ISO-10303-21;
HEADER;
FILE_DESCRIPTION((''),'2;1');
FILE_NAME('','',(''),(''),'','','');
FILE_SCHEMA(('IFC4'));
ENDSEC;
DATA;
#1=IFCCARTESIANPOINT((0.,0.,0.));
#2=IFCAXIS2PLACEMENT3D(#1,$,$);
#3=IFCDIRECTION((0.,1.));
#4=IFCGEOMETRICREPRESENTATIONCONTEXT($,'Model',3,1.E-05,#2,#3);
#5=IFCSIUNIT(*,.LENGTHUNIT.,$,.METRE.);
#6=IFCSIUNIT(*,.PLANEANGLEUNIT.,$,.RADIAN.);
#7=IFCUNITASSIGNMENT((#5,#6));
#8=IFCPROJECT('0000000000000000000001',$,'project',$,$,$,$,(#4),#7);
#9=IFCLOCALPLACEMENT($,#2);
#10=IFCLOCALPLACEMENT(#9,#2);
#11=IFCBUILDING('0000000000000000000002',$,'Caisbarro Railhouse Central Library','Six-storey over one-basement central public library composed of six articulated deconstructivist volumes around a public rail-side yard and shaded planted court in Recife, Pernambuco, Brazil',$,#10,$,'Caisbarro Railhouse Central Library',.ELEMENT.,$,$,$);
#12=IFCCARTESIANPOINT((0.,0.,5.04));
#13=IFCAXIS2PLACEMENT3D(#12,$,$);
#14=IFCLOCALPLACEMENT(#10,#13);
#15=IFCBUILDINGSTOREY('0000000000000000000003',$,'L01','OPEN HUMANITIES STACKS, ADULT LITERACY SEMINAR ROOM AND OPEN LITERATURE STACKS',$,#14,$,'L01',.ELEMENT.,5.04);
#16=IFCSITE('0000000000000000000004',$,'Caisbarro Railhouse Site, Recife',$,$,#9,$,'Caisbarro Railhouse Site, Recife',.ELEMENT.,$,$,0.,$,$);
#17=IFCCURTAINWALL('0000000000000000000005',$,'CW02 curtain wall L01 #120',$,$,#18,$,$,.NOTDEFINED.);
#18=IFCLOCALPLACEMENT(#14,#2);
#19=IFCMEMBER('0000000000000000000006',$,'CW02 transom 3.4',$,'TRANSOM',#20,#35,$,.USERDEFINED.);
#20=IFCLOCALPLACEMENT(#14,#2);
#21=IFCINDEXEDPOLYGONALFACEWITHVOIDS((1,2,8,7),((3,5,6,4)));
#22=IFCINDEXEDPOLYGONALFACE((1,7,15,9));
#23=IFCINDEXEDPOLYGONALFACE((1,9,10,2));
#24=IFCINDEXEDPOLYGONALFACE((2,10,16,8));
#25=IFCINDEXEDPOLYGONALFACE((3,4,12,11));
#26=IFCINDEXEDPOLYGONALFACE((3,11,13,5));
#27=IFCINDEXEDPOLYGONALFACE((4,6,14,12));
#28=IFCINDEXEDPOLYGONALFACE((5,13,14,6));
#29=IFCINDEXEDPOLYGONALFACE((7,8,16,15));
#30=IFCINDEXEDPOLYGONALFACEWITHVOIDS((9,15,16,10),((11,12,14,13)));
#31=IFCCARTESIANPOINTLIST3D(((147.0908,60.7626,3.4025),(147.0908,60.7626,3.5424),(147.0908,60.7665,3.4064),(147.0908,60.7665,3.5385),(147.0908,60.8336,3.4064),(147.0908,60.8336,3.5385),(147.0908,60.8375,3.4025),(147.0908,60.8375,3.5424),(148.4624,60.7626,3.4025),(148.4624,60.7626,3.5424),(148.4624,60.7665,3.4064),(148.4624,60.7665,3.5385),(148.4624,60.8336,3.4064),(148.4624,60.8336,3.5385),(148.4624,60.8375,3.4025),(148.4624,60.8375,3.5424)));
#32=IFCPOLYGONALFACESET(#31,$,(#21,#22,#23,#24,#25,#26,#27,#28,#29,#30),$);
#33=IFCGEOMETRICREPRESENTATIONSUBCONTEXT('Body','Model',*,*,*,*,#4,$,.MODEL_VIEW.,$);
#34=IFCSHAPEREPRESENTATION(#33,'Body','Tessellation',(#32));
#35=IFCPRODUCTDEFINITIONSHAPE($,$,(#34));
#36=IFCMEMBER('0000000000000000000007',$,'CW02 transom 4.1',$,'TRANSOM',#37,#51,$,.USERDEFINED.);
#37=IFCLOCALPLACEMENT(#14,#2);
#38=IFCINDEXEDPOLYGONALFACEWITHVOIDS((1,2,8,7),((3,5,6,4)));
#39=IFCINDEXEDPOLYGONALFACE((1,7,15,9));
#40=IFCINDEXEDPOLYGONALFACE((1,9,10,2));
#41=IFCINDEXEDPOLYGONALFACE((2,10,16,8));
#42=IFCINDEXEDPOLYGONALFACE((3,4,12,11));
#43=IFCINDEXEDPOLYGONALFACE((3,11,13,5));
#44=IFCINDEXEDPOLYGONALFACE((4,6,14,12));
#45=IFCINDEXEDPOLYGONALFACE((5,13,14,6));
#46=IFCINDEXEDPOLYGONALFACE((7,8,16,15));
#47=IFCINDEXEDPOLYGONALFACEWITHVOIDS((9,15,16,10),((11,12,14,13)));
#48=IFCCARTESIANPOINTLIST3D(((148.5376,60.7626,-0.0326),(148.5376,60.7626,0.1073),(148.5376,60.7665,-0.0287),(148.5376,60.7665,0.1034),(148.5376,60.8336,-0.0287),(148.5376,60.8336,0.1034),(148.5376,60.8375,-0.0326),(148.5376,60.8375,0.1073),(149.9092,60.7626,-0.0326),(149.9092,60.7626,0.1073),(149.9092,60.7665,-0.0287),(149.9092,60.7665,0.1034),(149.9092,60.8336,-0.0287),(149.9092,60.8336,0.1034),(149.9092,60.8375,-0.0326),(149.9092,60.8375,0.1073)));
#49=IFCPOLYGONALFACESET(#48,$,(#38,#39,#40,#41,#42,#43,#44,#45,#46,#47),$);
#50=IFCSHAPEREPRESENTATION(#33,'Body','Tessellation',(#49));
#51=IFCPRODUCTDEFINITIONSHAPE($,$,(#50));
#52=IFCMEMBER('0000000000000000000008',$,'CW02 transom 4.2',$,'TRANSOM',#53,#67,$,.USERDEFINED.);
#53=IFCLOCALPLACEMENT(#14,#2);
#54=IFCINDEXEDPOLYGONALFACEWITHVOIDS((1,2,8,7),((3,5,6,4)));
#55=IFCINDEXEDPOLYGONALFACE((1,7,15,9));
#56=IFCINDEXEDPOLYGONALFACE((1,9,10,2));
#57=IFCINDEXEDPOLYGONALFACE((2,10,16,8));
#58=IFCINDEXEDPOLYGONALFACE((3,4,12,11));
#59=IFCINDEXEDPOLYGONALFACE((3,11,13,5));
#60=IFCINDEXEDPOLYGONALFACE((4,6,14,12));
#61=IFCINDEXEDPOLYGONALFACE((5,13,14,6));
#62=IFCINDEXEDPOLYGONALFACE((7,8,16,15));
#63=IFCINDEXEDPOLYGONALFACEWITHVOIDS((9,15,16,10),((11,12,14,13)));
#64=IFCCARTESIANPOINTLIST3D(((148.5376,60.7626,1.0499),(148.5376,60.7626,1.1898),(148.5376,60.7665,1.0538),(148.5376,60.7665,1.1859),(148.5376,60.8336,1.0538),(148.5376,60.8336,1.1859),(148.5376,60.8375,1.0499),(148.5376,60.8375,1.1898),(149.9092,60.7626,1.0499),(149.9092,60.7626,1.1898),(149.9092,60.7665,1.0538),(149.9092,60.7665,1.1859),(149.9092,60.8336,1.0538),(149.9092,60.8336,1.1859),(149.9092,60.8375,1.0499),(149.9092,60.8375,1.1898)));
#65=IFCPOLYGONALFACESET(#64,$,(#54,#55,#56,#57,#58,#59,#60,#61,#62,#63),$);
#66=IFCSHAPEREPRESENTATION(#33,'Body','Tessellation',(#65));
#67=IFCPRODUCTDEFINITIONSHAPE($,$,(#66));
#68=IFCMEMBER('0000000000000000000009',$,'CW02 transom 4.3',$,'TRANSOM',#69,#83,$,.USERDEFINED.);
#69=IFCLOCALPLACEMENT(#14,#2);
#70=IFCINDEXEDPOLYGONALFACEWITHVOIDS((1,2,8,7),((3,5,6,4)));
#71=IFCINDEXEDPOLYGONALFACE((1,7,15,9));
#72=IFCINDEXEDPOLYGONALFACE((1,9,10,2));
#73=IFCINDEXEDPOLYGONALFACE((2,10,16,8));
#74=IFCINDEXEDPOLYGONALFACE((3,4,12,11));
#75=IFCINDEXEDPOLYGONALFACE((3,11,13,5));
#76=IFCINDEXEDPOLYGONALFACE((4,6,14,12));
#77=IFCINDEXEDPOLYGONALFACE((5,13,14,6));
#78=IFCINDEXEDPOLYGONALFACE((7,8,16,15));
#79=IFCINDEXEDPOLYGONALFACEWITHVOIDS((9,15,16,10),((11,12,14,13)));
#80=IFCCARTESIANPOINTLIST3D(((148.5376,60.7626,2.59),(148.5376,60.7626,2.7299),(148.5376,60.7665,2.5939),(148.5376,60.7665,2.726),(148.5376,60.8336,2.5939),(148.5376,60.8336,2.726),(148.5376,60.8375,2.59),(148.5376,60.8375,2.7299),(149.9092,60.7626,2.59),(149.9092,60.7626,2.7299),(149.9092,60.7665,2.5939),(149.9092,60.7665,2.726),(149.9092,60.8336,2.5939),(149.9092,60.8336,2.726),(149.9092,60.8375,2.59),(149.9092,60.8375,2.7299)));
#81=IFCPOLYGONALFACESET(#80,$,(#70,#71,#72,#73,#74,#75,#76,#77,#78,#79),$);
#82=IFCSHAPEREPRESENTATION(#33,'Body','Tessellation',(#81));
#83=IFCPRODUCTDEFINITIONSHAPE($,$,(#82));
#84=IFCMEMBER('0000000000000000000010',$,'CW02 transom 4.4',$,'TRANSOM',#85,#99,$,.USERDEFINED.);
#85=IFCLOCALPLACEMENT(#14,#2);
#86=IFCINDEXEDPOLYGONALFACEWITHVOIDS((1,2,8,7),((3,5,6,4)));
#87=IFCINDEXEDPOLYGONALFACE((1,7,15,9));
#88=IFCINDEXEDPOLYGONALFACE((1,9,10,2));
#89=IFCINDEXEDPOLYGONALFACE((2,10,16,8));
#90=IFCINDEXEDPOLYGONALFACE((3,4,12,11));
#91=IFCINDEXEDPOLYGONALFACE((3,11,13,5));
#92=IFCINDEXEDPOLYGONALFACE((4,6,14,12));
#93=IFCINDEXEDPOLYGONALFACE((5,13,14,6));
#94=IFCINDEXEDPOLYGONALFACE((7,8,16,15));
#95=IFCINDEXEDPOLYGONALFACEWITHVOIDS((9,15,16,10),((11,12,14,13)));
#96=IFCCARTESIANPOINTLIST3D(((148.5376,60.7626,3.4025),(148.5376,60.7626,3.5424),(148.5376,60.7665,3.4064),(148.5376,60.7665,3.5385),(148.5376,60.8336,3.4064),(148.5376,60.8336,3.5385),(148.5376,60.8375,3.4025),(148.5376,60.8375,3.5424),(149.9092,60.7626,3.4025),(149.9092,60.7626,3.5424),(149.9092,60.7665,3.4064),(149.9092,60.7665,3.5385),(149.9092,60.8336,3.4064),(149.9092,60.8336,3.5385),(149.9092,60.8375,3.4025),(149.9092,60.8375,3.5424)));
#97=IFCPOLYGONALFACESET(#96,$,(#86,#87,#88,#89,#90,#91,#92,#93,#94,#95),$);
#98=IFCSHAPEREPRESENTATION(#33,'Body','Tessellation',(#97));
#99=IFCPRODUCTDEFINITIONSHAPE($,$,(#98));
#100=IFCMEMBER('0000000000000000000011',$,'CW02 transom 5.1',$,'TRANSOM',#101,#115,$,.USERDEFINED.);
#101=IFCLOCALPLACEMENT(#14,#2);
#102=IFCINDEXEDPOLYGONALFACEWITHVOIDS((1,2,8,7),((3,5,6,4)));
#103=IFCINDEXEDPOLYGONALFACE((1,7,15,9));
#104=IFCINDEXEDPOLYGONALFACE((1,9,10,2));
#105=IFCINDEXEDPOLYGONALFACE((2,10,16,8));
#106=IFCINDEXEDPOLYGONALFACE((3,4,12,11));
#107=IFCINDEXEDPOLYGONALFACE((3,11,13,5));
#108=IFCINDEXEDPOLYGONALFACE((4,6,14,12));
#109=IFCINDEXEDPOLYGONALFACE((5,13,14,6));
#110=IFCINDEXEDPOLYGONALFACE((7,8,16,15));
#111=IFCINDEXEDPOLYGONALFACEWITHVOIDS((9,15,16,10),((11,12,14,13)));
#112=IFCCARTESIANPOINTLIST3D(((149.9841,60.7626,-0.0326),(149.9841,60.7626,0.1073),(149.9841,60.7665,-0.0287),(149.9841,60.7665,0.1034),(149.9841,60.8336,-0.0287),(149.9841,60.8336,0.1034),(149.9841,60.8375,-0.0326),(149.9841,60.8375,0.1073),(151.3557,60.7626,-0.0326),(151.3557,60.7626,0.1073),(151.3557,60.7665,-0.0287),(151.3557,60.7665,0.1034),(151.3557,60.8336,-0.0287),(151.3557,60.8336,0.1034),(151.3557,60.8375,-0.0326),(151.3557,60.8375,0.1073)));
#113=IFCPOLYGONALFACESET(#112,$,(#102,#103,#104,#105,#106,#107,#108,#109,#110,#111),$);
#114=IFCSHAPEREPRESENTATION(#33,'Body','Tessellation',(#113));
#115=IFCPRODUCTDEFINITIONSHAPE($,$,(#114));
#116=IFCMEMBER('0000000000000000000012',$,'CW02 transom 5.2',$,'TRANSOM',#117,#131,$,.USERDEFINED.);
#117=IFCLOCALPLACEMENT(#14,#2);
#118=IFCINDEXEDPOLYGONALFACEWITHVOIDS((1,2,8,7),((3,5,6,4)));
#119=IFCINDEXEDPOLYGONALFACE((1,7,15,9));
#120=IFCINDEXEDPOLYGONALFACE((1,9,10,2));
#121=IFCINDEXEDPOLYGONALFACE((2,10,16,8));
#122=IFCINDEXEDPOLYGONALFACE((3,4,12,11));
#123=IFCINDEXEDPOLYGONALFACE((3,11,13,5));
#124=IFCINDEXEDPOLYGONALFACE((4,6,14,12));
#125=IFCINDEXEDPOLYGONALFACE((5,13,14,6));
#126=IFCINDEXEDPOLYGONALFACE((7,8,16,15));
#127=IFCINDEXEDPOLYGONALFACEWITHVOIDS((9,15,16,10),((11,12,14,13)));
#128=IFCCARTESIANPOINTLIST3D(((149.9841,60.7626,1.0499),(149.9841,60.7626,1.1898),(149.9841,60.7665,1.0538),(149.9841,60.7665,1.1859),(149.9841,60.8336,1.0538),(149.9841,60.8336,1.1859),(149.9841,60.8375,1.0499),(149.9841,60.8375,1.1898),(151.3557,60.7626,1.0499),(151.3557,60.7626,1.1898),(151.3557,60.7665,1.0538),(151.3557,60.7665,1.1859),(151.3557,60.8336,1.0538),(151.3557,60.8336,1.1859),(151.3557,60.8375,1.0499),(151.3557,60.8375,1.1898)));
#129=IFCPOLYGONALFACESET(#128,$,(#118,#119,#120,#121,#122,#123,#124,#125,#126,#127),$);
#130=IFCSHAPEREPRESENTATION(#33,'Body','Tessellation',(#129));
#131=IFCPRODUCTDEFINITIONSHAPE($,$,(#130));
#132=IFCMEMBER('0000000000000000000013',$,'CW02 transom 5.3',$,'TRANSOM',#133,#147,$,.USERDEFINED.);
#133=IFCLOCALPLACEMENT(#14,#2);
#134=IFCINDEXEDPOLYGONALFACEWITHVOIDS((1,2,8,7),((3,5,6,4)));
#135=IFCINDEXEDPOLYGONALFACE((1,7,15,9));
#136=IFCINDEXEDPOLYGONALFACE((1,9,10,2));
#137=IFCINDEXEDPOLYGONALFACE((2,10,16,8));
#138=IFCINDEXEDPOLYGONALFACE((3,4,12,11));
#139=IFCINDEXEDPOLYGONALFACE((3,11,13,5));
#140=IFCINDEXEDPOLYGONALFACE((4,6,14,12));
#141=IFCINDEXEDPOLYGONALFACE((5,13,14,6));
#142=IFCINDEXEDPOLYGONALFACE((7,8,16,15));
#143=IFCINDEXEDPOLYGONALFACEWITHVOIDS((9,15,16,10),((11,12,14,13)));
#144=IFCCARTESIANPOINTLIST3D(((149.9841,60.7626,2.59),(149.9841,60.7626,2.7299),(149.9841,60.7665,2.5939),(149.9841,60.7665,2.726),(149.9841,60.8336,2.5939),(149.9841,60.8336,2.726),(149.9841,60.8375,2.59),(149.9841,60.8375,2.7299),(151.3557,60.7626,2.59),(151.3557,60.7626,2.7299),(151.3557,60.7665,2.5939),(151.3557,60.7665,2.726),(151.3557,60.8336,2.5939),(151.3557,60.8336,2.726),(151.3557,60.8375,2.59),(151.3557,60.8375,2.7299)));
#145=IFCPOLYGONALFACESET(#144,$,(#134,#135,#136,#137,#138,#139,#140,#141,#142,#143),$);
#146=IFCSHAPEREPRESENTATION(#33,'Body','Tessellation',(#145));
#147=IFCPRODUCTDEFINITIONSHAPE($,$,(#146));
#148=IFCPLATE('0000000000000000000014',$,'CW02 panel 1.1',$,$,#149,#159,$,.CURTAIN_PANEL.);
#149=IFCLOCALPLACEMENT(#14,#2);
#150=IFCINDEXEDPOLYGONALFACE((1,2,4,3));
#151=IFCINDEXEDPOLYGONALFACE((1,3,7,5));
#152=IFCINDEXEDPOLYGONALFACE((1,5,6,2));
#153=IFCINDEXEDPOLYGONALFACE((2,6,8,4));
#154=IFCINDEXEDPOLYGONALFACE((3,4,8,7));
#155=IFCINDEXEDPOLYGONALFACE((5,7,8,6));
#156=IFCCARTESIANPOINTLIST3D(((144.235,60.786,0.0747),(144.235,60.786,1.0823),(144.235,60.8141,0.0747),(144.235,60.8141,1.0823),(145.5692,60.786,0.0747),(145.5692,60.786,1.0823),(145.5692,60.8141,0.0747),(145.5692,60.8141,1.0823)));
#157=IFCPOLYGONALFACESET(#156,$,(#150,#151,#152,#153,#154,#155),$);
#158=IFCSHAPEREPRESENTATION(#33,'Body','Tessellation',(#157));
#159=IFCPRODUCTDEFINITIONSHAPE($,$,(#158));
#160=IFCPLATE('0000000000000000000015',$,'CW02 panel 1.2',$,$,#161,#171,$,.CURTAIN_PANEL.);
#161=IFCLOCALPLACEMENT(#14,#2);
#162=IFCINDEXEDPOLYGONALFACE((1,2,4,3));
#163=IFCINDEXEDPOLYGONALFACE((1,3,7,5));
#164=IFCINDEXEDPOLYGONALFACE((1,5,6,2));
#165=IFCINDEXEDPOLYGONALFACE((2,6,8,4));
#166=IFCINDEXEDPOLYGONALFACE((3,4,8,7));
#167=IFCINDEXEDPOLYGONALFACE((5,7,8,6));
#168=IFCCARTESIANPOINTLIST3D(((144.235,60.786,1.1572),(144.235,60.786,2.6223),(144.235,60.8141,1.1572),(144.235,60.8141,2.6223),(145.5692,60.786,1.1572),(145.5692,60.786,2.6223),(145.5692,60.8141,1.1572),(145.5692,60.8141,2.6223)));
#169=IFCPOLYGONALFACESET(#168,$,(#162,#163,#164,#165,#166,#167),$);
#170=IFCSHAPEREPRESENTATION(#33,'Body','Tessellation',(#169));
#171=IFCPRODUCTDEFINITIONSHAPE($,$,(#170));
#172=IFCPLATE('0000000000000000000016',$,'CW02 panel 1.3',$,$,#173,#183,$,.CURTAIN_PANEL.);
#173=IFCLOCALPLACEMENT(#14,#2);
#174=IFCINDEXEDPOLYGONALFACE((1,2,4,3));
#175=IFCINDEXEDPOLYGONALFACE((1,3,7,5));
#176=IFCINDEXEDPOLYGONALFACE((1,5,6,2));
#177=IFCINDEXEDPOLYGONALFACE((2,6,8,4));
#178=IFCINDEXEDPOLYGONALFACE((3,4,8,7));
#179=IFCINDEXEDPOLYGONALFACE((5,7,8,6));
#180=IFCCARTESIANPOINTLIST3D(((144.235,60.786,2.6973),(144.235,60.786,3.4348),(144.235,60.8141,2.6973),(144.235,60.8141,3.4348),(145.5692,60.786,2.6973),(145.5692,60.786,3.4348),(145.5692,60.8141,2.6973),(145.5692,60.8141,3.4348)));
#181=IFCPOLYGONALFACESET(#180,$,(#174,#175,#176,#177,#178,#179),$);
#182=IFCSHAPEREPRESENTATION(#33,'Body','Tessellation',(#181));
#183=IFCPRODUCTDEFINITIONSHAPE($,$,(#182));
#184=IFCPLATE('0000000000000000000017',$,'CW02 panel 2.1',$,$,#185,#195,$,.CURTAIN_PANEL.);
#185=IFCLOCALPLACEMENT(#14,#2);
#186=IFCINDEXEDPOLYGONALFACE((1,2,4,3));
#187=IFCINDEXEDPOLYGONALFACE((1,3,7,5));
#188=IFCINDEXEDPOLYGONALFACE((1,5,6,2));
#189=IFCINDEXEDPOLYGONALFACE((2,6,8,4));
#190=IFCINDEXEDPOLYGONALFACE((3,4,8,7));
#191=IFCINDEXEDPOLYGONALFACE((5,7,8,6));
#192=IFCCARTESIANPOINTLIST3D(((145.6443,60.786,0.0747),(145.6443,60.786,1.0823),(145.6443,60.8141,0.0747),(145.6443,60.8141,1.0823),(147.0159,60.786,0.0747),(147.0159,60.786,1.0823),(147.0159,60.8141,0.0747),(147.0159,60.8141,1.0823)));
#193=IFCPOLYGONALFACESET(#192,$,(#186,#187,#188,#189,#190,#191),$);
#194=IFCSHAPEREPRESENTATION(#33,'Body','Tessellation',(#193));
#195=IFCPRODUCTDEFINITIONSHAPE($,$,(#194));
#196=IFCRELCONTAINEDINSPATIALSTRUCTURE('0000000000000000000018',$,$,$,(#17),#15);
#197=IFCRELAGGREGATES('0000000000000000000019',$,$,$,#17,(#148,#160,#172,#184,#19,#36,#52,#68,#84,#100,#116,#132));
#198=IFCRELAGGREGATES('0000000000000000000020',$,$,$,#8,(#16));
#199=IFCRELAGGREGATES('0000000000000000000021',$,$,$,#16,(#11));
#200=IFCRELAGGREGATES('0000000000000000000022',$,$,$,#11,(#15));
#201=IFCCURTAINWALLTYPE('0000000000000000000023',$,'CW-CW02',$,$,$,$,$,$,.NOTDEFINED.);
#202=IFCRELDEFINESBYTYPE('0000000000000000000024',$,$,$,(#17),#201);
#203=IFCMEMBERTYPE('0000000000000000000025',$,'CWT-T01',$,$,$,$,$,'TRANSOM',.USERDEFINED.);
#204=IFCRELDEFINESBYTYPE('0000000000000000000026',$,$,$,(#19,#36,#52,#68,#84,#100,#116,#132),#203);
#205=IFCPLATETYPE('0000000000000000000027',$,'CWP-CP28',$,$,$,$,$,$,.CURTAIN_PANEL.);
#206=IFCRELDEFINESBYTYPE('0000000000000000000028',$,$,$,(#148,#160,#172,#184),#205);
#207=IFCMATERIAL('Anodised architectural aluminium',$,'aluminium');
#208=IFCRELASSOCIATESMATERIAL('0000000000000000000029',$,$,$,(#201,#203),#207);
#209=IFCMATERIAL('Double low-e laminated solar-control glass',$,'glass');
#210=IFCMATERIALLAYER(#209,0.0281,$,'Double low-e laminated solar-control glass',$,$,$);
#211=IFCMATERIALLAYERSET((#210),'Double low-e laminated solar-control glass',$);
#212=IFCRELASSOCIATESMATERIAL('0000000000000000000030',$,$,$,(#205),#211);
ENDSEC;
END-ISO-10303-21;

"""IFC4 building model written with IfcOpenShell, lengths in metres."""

from ifc_helpers import new_model, si_unit, direction, frame, origin, origin_2d, place, context, subcontext, project, spatial, rectangle, hollow_rectangle, extrude, material, layer, layer_set, material_profile, profile_set, type_object, element, aggregate, save


model = new_model("IFC4")

# Units and contexts
model_context = context("Model", 3, precision=1e-05, world=origin(), true_north=direction((0.0, 1.0)))
body_context = subcontext(model_context, "Body", "Model", "MODEL_VIEW")
ifc_project = project(units=[si_unit("LENGTHUNIT", "METRE"), si_unit("PLANEANGLEUNIT", "RADIAN")], contexts=[model_context])

# Site, building, storey
site_placement = place(None, origin())
site = spatial("IfcSite", under=ifc_project, at=site_placement, Name="Caisbarro Railhouse Site, Recife", LongName="Caisbarro Railhouse Site, Recife", CompositionType="ELEMENT", RefElevation=0.0)
building_placement = place(site_placement, origin())
building = spatial("IfcBuilding", under=site, at=building_placement, Name="Caisbarro Railhouse Central Library", Description="Six-storey over one-basement central public library composed of six articulated deconstructivist volumes around a public rail-side yard and shaded planted court in Recife, Pernambuco, Brazil", LongName="Caisbarro Railhouse Central Library", CompositionType="ELEMENT")
storey_placement = place(building_placement, frame((0.0, 0.0, 5.04)))
storey = spatial("IfcBuildingStorey", under=building, at=storey_placement, Name="L01", Description="OPEN HUMANITIES STACKS, ADULT LITERACY SEMINAR ROOM AND OPEN LITERATURE STACKS", LongName="L01", CompositionType="ELEMENT", Elevation=5.04)

# Curtain wall, members, plates
ifc_material_1 = material(Name="Anodised architectural aluminium", Category="aluminium")
curtain_wall_type = type_object("IfcCurtainWallType", Name="CW-CW02", PredefinedType="NOTDEFINED", material=ifc_material_1)
curtain_wall_placement = place(storey_placement, origin())
curtain_wall = element("IfcCurtainWall", 1, at=curtain_wall_placement, inside=storey, type_object=curtain_wall_type, Name="CW02 curtain wall L01 #120", PredefinedType="NOTDEFINED")
ifc_material_profile_1 = material_profile(ifc_material_1, hollow_rectangle(XDim=0.075, YDim=0.1399, WallThickness=0.0039, at=origin_2d()), Name="ALU-TRN-75X140")
ifc_profile_set_1 = profile_set([ifc_material_profile_1], Name="Anodised architectural aluminium")
member_type_1 = type_object("IfcMemberType", Name="CWT-T01", ElementType="TRANSOM", PredefinedType="USERDEFINED", material=ifc_profile_set_1)
member_1_placement = place(storey_placement, frame((147.0908, 60.8, 3.4724), z_axis=(1.0, 0.0, 0.0), x_axis=(0.0, 1.0, 0.0)))
member_1 = element("IfcMember", 2, at=member_1_placement, type_object=member_type_1, Name="CW02 transom 3.4", ObjectType="TRANSOM", PredefinedType="USERDEFINED", context=body_context, shape_type="SweptSolid", body=[
    extrude(hollow_rectangle(XDim=0.075, YDim=0.1399, WallThickness=0.0039, at=origin_2d()), origin(), (0.0, 0.0, 1.0), 1.3716),
])
member_2_placement = place(storey_placement, frame((148.5376, 60.8, 0.0374), z_axis=(1.0, 0.0, 0.0), x_axis=(0.0, 1.0, 0.0)))
member_2 = element("IfcMember", 3, at=member_2_placement, type_object=member_type_1, Name="CW02 transom 4.1", ObjectType="TRANSOM", PredefinedType="USERDEFINED", context=body_context, shape_type="SweptSolid", body=[
    extrude(hollow_rectangle(XDim=0.075, YDim=0.1399, WallThickness=0.0039, at=origin_2d()), origin(), (0.0, 0.0, 1.0), 1.3716),
])
member_3_placement = place(storey_placement, frame((148.5376, 60.8, 1.1199), z_axis=(1.0, 0.0, 0.0), x_axis=(0.0, 1.0, 0.0)))
member_3 = element("IfcMember", 4, at=member_3_placement, type_object=member_type_1, Name="CW02 transom 4.2", ObjectType="TRANSOM", PredefinedType="USERDEFINED", context=body_context, shape_type="SweptSolid", body=[
    extrude(hollow_rectangle(XDim=0.075, YDim=0.1399, WallThickness=0.0039, at=origin_2d()), origin(), (0.0, 0.0, 1.0), 1.3716),
])
member_4_placement = place(storey_placement, frame((148.5376, 60.8, 2.6599), z_axis=(1.0, 0.0, 0.0), x_axis=(0.0, 1.0, 0.0)))
member_4 = element("IfcMember", 5, at=member_4_placement, type_object=member_type_1, Name="CW02 transom 4.3", ObjectType="TRANSOM", PredefinedType="USERDEFINED", context=body_context, shape_type="SweptSolid", body=[
    extrude(hollow_rectangle(XDim=0.075, YDim=0.1399, WallThickness=0.0039, at=origin_2d()), origin(), (0.0, 0.0, 1.0), 1.3716),
])
member_5_placement = place(storey_placement, frame((148.5376, 60.8, 3.4724), z_axis=(1.0, 0.0, 0.0), x_axis=(0.0, 1.0, 0.0)))
member_5 = element("IfcMember", 6, at=member_5_placement, type_object=member_type_1, Name="CW02 transom 4.4", ObjectType="TRANSOM", PredefinedType="USERDEFINED", context=body_context, shape_type="SweptSolid", body=[
    extrude(hollow_rectangle(XDim=0.075, YDim=0.1399, WallThickness=0.0039, at=origin_2d()), origin(), (0.0, 0.0, 1.0), 1.3716),
])
member_6_placement = place(storey_placement, frame((149.9841, 60.8, 0.0374), z_axis=(1.0, 0.0, 0.0), x_axis=(0.0, 1.0, 0.0)))
member_6 = element("IfcMember", 7, at=member_6_placement, type_object=member_type_1, Name="CW02 transom 5.1", ObjectType="TRANSOM", PredefinedType="USERDEFINED", context=body_context, shape_type="SweptSolid", body=[
    extrude(hollow_rectangle(XDim=0.075, YDim=0.1399, WallThickness=0.0039, at=origin_2d()), origin(), (0.0, 0.0, 1.0), 1.3716),
])
member_7_placement = place(storey_placement, frame((149.9841, 60.8, 1.1199), z_axis=(1.0, 0.0, 0.0), x_axis=(0.0, 1.0, 0.0)))
member_7 = element("IfcMember", 8, at=member_7_placement, type_object=member_type_1, Name="CW02 transom 5.2", ObjectType="TRANSOM", PredefinedType="USERDEFINED", context=body_context, shape_type="SweptSolid", body=[
    extrude(hollow_rectangle(XDim=0.075, YDim=0.1399, WallThickness=0.0039, at=origin_2d()), origin(), (0.0, 0.0, 1.0), 1.3716),
])
member_8_placement = place(storey_placement, frame((149.9841, 60.8, 2.6599), z_axis=(1.0, 0.0, 0.0), x_axis=(0.0, 1.0, 0.0)))
member_8 = element("IfcMember", 9, at=member_8_placement, type_object=member_type_1, Name="CW02 transom 5.3", ObjectType="TRANSOM", PredefinedType="USERDEFINED", context=body_context, shape_type="SweptSolid", body=[
    extrude(hollow_rectangle(XDim=0.075, YDim=0.1399, WallThickness=0.0039, at=origin_2d()), origin(), (0.0, 0.0, 1.0), 1.3716),
])
ifc_material_2 = material(Name="Double low-e laminated solar-control glass", Category="glass")
ifc_layer_1 = layer(ifc_material_2, 0.0281, Name="Double low-e laminated solar-control glass")
ifc_layer_set_1 = layer_set([ifc_layer_1], Name="Double low-e laminated solar-control glass")
plate_type = type_object("IfcPlateType", Name="CWP-CP28", PredefinedType="CURTAIN_PANEL", material=ifc_layer_set_1)
plate_1_placement = place(storey_placement, frame((144.9021, 60.8, 0.0747), z_axis=(0.0, 0.0, 1.0), x_axis=(1.0, 0.0, 0.0)))
plate_1 = element("IfcPlate", 10, at=plate_1_placement, type_object=plate_type, Name="CW02 panel 1.1", PredefinedType="CURTAIN_PANEL", context=body_context, shape_type="SweptSolid", body=[
    extrude(rectangle(XDim=1.3342, YDim=0.0281, at=origin_2d()), origin(), (0.0, 0.0, 1.0), 1.0076),
])
plate_2_placement = place(storey_placement, frame((144.9021, 60.8, 1.1572), z_axis=(0.0, 0.0, 1.0), x_axis=(1.0, 0.0, 0.0)))
plate_2 = element("IfcPlate", 11, at=plate_2_placement, type_object=plate_type, Name="CW02 panel 1.2", PredefinedType="CURTAIN_PANEL", context=body_context, shape_type="SweptSolid", body=[
    extrude(rectangle(XDim=1.3342, YDim=0.0281, at=origin_2d()), origin(), (0.0, 0.0, 1.0), 1.4651),
])
plate_3_placement = place(storey_placement, frame((144.9021, 60.8, 2.6973), z_axis=(0.0, 0.0, 1.0), x_axis=(1.0, 0.0, 0.0)))
plate_3 = element("IfcPlate", 12, at=plate_3_placement, type_object=plate_type, Name="CW02 panel 1.3", PredefinedType="CURTAIN_PANEL", context=body_context, shape_type="SweptSolid", body=[
    extrude(rectangle(XDim=1.3342, YDim=0.0281, at=origin_2d()), origin(), (0.0, 0.0, 1.0), 0.7375),
])
plate_4_placement = place(storey_placement, frame((146.3301, 60.8, 0.0747), z_axis=(0.0, 0.0, 1.0), x_axis=(1.0, 0.0, 0.0)))
plate_4 = element("IfcPlate", 13, at=plate_4_placement, type_object=plate_type, Name="CW02 panel 2.1", PredefinedType="CURTAIN_PANEL", context=body_context, shape_type="SweptSolid", body=[
    extrude(rectangle(XDim=1.3716, YDim=0.0281, at=origin_2d()), origin(), (0.0, 0.0, 1.0), 1.0076),
])
aggregate(curtain_wall, [plate_1, plate_2, plate_3, plate_4, member_1, member_2, member_3, member_4, member_5, member_6, member_7, member_8])

save(model, "model.ifc")
